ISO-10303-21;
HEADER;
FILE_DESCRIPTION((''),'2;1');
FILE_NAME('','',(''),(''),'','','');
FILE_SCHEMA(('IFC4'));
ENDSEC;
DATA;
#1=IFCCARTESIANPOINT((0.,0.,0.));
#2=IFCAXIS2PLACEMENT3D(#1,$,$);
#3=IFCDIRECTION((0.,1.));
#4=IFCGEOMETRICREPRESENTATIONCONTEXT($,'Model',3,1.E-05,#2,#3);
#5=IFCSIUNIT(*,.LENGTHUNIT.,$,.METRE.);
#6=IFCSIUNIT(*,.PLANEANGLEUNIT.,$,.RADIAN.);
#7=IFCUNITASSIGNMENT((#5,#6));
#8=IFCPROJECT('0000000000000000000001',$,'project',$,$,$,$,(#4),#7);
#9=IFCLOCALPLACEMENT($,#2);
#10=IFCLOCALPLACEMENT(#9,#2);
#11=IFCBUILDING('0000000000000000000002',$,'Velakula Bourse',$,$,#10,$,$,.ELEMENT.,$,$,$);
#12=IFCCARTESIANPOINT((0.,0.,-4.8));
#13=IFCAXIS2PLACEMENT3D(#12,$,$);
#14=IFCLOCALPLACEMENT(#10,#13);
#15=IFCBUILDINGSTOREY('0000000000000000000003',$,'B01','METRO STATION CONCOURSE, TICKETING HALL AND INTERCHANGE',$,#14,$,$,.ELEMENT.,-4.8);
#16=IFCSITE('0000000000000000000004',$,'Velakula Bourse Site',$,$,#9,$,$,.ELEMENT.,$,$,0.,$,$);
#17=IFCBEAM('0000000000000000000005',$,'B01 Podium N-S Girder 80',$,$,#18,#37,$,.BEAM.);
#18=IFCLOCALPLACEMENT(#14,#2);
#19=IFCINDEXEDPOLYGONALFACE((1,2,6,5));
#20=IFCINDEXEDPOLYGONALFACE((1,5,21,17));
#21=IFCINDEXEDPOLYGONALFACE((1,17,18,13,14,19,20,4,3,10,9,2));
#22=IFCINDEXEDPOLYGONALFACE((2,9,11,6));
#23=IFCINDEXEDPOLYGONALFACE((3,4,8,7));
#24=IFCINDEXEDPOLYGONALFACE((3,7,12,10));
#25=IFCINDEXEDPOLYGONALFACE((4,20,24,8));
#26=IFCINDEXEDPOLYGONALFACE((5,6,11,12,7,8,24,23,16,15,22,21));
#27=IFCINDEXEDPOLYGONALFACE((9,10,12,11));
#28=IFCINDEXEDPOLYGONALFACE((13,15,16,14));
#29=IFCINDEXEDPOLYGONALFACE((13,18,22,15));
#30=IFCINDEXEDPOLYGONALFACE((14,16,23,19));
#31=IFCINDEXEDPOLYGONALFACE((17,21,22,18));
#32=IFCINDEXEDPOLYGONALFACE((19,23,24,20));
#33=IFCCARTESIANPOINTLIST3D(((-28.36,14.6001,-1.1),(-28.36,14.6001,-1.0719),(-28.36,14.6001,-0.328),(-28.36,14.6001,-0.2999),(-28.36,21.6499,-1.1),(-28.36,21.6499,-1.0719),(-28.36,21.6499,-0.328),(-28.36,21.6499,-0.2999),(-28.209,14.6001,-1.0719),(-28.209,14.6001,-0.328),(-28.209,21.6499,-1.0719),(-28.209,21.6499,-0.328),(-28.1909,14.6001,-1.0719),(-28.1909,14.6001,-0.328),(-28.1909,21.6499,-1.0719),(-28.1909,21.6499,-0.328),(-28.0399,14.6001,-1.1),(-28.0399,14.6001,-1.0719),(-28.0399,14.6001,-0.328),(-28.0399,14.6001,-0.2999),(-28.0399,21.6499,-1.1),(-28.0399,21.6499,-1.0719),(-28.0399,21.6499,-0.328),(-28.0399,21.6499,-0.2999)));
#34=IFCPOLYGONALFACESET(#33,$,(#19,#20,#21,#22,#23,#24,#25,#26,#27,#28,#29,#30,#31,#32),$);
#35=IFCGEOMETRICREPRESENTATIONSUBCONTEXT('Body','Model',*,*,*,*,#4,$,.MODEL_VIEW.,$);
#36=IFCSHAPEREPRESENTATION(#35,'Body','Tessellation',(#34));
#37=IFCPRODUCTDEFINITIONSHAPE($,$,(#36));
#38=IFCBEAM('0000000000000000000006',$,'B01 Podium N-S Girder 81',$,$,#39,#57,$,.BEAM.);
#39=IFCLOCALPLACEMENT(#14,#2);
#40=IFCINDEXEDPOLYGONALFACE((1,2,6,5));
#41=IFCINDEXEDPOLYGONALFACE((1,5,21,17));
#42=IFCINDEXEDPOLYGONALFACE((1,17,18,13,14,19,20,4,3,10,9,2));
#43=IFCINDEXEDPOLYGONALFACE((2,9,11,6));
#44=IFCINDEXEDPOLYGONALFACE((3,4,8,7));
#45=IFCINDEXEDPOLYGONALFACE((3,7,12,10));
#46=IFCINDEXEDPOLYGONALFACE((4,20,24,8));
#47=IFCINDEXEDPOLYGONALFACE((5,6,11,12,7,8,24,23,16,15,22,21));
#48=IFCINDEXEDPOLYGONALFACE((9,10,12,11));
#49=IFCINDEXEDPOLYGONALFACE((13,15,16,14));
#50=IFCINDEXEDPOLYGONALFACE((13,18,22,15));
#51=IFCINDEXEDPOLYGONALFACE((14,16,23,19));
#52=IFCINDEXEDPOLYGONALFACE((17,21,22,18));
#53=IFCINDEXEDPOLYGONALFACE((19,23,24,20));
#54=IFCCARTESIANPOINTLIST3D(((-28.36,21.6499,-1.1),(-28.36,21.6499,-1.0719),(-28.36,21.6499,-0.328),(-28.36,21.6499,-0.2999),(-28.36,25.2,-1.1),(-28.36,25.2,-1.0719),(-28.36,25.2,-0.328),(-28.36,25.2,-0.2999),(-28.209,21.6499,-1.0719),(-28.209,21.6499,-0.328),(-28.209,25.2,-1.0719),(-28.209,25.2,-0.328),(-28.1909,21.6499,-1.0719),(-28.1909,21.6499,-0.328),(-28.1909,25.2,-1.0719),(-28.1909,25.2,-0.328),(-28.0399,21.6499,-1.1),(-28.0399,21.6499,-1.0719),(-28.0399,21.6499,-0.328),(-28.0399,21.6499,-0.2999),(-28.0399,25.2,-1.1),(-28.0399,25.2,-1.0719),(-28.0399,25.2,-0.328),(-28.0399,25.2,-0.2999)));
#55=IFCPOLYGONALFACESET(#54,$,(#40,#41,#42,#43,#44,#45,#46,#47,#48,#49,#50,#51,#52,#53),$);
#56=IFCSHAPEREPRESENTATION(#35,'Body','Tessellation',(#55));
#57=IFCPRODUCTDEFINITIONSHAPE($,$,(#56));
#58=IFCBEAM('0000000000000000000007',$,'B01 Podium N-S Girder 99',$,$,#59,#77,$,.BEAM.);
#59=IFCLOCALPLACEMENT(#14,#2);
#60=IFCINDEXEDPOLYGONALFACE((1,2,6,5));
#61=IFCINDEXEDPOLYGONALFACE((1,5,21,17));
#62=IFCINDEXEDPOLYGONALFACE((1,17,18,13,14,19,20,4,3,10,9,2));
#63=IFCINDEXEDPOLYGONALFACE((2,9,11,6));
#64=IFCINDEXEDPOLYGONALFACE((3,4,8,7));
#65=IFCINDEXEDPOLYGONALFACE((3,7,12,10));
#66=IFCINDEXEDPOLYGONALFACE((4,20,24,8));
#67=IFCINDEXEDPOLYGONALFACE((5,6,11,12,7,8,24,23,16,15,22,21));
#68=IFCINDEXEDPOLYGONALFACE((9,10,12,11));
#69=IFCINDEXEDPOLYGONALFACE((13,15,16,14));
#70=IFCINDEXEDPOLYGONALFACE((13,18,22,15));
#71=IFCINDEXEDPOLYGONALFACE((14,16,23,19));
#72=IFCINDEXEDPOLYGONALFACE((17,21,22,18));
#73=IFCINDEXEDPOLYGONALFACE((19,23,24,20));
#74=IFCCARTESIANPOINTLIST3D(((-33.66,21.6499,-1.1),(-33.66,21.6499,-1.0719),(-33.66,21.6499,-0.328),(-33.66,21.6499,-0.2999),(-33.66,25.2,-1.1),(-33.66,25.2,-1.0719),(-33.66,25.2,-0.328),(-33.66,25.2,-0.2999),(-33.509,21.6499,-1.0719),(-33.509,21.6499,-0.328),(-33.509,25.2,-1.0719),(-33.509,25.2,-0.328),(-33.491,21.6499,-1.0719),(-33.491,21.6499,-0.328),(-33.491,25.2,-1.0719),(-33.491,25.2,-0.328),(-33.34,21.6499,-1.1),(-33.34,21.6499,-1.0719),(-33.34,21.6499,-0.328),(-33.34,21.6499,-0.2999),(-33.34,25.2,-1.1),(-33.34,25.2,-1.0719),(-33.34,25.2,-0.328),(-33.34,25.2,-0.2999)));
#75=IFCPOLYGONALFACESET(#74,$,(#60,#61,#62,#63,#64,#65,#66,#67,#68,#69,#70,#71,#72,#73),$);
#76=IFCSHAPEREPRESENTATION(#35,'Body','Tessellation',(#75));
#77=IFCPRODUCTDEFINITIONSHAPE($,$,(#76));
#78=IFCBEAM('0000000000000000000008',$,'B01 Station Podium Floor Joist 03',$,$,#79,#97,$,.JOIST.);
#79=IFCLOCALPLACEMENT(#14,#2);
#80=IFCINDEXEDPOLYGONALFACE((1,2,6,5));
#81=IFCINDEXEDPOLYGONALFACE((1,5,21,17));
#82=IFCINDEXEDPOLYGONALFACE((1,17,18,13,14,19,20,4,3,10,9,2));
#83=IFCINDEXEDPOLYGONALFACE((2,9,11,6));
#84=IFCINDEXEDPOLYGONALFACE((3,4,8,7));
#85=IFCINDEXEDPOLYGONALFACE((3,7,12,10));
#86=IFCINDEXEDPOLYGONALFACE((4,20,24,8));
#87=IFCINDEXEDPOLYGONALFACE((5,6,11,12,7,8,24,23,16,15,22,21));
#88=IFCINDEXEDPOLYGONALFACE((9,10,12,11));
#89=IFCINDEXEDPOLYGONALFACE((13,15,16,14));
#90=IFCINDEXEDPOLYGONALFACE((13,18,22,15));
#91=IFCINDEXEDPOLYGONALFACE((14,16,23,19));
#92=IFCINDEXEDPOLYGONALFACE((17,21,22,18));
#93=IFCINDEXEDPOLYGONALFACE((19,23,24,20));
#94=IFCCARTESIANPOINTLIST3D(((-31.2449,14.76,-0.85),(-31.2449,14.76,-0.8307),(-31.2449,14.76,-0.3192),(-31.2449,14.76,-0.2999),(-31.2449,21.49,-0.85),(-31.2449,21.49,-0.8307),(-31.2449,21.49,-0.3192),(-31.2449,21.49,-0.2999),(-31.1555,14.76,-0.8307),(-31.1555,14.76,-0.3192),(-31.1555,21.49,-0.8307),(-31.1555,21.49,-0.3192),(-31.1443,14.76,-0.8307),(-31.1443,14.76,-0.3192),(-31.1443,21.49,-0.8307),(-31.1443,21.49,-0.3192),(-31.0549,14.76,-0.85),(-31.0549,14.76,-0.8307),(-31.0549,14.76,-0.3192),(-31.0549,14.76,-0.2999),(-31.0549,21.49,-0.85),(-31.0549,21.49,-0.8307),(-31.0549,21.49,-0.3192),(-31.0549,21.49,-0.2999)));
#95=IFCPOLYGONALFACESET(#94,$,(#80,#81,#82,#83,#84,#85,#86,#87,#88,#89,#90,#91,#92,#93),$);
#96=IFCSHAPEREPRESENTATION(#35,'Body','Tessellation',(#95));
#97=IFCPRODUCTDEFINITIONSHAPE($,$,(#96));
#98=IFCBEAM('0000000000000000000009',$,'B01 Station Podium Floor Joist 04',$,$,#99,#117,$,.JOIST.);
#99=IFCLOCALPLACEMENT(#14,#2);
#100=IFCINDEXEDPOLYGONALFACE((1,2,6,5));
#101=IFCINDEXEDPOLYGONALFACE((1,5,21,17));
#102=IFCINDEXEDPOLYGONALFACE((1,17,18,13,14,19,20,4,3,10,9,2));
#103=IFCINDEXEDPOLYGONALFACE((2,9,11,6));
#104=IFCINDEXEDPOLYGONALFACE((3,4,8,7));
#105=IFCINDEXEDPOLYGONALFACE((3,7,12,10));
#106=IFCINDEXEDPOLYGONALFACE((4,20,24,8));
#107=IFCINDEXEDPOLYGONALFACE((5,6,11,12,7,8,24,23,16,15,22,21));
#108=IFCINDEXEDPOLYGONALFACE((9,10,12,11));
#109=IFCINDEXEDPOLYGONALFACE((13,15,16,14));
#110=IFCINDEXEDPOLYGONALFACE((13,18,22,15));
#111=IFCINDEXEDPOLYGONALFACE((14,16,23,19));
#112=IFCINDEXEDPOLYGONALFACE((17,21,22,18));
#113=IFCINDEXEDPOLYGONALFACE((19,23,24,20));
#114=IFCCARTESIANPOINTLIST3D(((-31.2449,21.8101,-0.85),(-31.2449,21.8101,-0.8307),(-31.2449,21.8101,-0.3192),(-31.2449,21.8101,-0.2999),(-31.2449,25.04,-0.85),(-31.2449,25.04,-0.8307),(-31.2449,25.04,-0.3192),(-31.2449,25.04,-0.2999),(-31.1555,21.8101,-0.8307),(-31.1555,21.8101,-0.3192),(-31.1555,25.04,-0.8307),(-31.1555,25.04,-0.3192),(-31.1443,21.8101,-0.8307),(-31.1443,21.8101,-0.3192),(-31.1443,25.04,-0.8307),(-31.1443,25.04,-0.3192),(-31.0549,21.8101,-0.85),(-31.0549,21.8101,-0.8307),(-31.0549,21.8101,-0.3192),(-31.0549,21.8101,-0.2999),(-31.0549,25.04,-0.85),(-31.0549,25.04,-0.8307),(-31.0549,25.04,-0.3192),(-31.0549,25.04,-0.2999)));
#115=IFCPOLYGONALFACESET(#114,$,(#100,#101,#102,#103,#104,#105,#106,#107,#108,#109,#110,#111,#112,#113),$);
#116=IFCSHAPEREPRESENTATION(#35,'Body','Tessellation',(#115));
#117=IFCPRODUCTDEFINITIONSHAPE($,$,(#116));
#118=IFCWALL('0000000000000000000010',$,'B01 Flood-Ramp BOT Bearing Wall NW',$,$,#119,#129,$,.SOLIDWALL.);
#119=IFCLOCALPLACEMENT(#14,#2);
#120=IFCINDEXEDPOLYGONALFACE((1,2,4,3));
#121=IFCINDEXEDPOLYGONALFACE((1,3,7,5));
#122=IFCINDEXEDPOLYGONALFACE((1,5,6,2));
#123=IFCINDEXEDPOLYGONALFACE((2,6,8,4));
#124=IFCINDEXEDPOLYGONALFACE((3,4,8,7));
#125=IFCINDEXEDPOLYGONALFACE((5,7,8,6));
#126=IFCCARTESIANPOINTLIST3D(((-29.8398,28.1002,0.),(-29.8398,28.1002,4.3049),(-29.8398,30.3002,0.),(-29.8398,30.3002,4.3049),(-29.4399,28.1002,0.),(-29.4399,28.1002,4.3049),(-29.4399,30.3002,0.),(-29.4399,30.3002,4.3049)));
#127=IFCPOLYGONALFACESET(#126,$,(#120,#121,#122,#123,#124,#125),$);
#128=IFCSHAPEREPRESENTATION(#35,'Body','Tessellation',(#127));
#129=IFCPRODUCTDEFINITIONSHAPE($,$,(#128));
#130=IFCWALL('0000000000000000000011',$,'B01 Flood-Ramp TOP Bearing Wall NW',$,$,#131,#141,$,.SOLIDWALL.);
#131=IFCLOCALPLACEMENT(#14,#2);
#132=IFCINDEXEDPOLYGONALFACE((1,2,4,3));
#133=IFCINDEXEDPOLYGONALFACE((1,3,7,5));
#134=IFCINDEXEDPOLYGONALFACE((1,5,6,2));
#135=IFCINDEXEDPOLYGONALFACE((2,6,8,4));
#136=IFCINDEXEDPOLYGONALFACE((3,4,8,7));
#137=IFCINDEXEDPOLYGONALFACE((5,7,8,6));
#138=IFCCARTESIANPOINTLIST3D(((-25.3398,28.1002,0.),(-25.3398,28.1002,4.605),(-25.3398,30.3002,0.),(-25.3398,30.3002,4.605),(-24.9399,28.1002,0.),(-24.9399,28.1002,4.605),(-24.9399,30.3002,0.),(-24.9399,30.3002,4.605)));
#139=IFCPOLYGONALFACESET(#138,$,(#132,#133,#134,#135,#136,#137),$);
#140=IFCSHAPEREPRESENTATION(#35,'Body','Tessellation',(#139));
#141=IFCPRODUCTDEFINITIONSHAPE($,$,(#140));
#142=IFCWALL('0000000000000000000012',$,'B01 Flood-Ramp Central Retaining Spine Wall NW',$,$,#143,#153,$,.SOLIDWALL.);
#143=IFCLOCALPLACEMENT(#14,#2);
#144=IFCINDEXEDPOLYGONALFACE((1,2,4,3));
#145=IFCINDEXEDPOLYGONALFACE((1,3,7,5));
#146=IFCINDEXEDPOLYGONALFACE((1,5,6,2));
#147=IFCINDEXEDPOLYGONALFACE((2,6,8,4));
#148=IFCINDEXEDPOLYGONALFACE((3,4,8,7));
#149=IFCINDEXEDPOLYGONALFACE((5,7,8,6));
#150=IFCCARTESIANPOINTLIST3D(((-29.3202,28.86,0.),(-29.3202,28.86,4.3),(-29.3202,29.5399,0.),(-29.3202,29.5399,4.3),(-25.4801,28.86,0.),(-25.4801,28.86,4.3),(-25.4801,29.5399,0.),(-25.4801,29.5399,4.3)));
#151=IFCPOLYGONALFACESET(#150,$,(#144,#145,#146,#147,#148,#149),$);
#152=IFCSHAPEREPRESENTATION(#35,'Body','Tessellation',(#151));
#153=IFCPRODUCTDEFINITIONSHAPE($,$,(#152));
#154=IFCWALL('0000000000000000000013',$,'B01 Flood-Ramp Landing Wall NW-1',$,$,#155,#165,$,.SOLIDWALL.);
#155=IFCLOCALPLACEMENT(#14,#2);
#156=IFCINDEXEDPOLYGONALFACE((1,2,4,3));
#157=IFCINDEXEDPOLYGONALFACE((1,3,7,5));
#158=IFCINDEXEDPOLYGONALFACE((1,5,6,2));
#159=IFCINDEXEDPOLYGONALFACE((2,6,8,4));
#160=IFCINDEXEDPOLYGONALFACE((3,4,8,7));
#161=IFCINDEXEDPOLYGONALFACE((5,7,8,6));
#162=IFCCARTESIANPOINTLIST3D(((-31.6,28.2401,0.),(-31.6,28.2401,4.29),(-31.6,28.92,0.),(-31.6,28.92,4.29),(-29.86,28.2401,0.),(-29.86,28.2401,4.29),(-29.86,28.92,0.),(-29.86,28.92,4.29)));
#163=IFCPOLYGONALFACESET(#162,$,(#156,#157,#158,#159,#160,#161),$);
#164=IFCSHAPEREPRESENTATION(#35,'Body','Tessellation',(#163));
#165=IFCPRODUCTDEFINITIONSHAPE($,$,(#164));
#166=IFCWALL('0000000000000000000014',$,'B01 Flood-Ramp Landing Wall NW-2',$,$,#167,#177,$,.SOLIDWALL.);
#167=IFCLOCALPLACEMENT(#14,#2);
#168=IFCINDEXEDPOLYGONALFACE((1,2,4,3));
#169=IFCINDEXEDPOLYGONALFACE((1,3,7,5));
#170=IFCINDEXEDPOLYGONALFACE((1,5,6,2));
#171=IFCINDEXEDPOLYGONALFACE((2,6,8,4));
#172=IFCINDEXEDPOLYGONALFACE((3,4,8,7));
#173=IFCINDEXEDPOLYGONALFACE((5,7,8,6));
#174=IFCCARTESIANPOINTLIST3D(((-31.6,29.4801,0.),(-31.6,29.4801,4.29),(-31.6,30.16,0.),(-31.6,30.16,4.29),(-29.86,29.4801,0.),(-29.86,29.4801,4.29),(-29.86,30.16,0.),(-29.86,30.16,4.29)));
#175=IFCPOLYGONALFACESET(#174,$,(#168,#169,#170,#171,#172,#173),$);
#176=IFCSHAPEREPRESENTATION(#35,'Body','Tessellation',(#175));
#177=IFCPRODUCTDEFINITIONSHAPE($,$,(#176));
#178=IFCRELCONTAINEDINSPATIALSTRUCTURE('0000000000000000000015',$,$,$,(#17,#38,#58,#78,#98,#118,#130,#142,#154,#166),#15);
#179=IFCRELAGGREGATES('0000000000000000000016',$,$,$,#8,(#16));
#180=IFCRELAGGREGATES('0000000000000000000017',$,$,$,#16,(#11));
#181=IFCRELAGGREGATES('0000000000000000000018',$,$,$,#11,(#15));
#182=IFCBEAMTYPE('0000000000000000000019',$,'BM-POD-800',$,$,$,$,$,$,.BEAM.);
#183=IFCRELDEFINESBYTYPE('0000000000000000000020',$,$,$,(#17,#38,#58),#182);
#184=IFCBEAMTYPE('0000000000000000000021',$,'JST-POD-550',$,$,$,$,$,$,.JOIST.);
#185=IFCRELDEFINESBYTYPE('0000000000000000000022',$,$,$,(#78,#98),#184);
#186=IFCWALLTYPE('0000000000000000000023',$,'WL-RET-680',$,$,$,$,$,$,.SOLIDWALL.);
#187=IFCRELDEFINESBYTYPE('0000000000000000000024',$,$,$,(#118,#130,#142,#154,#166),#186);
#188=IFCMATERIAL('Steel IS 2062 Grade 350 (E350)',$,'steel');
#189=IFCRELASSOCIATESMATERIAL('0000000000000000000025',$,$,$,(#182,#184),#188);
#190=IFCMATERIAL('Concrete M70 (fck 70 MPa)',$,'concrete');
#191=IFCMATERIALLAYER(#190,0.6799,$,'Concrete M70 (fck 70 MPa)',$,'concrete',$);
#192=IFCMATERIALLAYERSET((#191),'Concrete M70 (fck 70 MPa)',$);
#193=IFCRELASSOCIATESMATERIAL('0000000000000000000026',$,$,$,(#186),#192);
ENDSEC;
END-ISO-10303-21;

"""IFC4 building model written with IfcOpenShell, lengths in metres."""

from ifc_helpers import new_model, si_unit, direction, frame, frame_2d, origin, origin_2d, place, context, subcontext, project, spatial, rectangle, i_section, extrude, material, layer, layer_set, material_profile, profile_set, type_object, element, save


model = new_model("IFC4")

# Units and contexts
model_context = context("Model", 3, precision=1e-05, world=origin(), true_north=direction((0.0, 1.0)))
body_context = subcontext(model_context, "Body", "Model", "MODEL_VIEW")
ifc_project = project(units=[si_unit("LENGTHUNIT", "METRE"), si_unit("PLANEANGLEUNIT", "RADIAN")], contexts=[model_context])

# Site, building, storey
site_placement = place(None, origin())
site = spatial("IfcSite", under=ifc_project, at=site_placement, Name="Velakula Bourse Site", CompositionType="ELEMENT", RefElevation=0.0)
building_placement = place(site_placement, origin())
building = spatial("IfcBuilding", under=site, at=building_placement, Name="Velakula Bourse", CompositionType="ELEMENT")
storey_placement = place(building_placement, frame((0.0, 0.0, -4.8)))
storey = spatial("IfcBuildingStorey", under=building, at=storey_placement, Name="B01", Description="METRO STATION CONCOURSE, TICKETING HALL AND INTERCHANGE", CompositionType="ELEMENT", Elevation=-4.8)

# Shared definitions
ifc_material_1 = material(Name="Concrete M70 (fck 70 MPa)", Category="concrete")

# Beams
ifc_material_2 = material(Name="Steel IS 2062 Grade 350 (E350)", Category="steel")
ifc_material_profile_1 = material_profile(ifc_material_2, i_section(OverallWidth=0.3201, OverallDepth=0.8, WebThickness=0.0181, FlangeThickness=0.0281, at=origin_2d()), Name="Steel IS 2062 Grade 350 (E350)")
ifc_profile_set_1 = profile_set([ifc_material_profile_1], Name="Steel IS 2062 Grade 350 (E350)")
beam_type_1 = type_object("IfcBeamType", Name="BM-POD-800", PredefinedType="BEAM", material=ifc_profile_set_1)
beam_1_placement = place(storey_placement, frame((-28.2, 14.6001, -0.7), z_axis=(0.0, 1.0, 0.0), x_axis=(-1.0, 0.0, 0.0)))
element("IfcBeam", 1, at=beam_1_placement, inside=storey, type_object=beam_type_1, Name="B01 Podium N-S Girder 80", PredefinedType="BEAM", context=body_context, shape_type="SweptSolid", body=[
    extrude(i_section(OverallWidth=0.3201, OverallDepth=0.8, WebThickness=0.0181, FlangeThickness=0.0281, at=origin_2d()), origin(), (0.0, 0.0, 1.0), 7.0498),
])
for number, where, z_axis, x_axis, name in (
    (2, (-28.2, 21.6499, -0.7), (0.0, 1.0, 0.0), (-1.0, 0.0, 0.0), "B01 Podium N-S Girder 81"),
    (3, (-33.5, 21.6499, -0.7), (0.0, 1.0, 0.0), (-1.0, 0.0, 0.0), "B01 Podium N-S Girder 99"),
):
    element("IfcBeam", number, at=place(storey_placement, frame(where, z_axis=z_axis, x_axis=x_axis)), inside=storey, type_object=beam_type_1, Name=name, PredefinedType="BEAM", context=body_context, shape_type="SweptSolid", body=[
        extrude(i_section(OverallWidth=0.3201, OverallDepth=0.8, WebThickness=0.0181, FlangeThickness=0.0281, at=origin_2d()), origin(), (0.0, 0.0, 1.0), 3.55),
    ])
ifc_material_profile_2 = material_profile(ifc_material_2, i_section(OverallWidth=0.1899, OverallDepth=0.55, WebThickness=0.0112, FlangeThickness=0.0193, at=origin_2d()), Name="Steel IS 2062 Grade 350 (E350)")
ifc_profile_set_2 = profile_set([ifc_material_profile_2], Name="Steel IS 2062 Grade 350 (E350)")
beam_type_2 = type_object("IfcBeamType", Name="JST-POD-550", PredefinedType="JOIST", material=ifc_profile_set_2)
beam_2_placement = place(storey_placement, frame((-31.1499, 14.76, -0.575), z_axis=(0.0, 1.0, 0.0), x_axis=(-1.0, 0.0, 0.0)))
element("IfcBeam", 4, at=beam_2_placement, inside=storey, type_object=beam_type_2, Name="B01 Station Podium Floor Joist 03", PredefinedType="JOIST", context=body_context, shape_type="SweptSolid", body=[
    extrude(i_section(OverallWidth=0.1899, OverallDepth=0.55, WebThickness=0.0112, FlangeThickness=0.0193, at=origin_2d()), origin(), (0.0, 0.0, 1.0), 6.73),
])
beam_3_placement = place(storey_placement, frame((-31.1499, 21.8101, -0.575), z_axis=(0.0, 1.0, 0.0), x_axis=(-1.0, 0.0, 0.0)))
element("IfcBeam", 5, at=beam_3_placement, inside=storey, type_object=beam_type_2, Name="B01 Station Podium Floor Joist 04", PredefinedType="JOIST", context=body_context, shape_type="SweptSolid", body=[
    extrude(i_section(OverallWidth=0.1899, OverallDepth=0.55, WebThickness=0.0112, FlangeThickness=0.0193, at=origin_2d()), origin(), (0.0, 0.0, 1.0), 3.23),
])

# Walls
ifc_layer = layer(ifc_material_1, 0.6799, Name="Concrete M70 (fck 70 MPa)", Category="concrete")
ifc_layer_set = layer_set([ifc_layer], Name="Concrete M70 (fck 70 MPa)")
wall_type = type_object("IfcWallType", Name="WL-RET-680", PredefinedType="SOLIDWALL", material=ifc_layer_set)
wall_1_placement = place(storey_placement, frame((-29.6399, 28.1001, 0.0), z_axis=(0.0, 0.0, 1.0), x_axis=(0.0, 1.0, 0.0)))
element("IfcWall", 6, at=wall_1_placement, inside=storey, type_object=wall_type, Name="B01 Flood-Ramp BOT Bearing Wall NW", PredefinedType="SOLIDWALL", context=body_context, shape_type="SweptSolid", body=[
    extrude(rectangle(XDim=2.2, YDim=0.3999, at=frame_2d((1.1001, 0.0))), origin(), (0.0, 0.0, 1.0), 4.3049),
])
wall_2_placement = place(storey_placement, frame((-25.1399, 28.1001, 0.0), z_axis=(0.0, 0.0, 1.0), x_axis=(0.0, 1.0, 0.0)))
element("IfcWall", 7, at=wall_2_placement, inside=storey, type_object=wall_type, Name="B01 Flood-Ramp TOP Bearing Wall NW", PredefinedType="SOLIDWALL", context=body_context, shape_type="SweptSolid", body=[
    extrude(rectangle(XDim=2.2, YDim=0.3999, at=frame_2d((1.1001, 0.0))), origin(), (0.0, 0.0, 1.0), 4.605),
])
wall_3_placement = place(storey_placement, frame((-29.3201, 29.2, 0.0), z_axis=(0.0, 0.0, 1.0), x_axis=(1.0, 0.0, 0.0)))
element("IfcWall", 8, at=wall_3_placement, inside=storey, type_object=wall_type, Name="B01 Flood-Ramp Central Retaining Spine Wall NW", PredefinedType="SOLIDWALL", context=body_context, shape_type="SweptSolid", body=[
    extrude(rectangle(XDim=3.8401, YDim=0.6799, at=frame_2d((1.9199, 0.0))), origin(), (0.0, 0.0, 1.0), 4.3),
])
for number, where, z_axis, x_axis, name in (
    (9, (-31.6001, 28.5801, 0.0), (0.0, 0.0, 1.0), (1.0, 0.0, 0.0), "B01 Flood-Ramp Landing Wall NW-1"),
    (10, (-31.6001, 29.8201, 0.0), (0.0, 0.0, 1.0), (1.0, 0.0, 0.0), "B01 Flood-Ramp Landing Wall NW-2"),
):
    element("IfcWall", number, at=place(storey_placement, frame(where, z_axis=z_axis, x_axis=x_axis)), inside=storey, type_object=wall_type, Name=name, PredefinedType="SOLIDWALL", context=body_context, shape_type="SweptSolid", body=[
        extrude(rectangle(XDim=1.74, YDim=0.6799, at=frame_2d((0.8701, 0.0))), origin(), (0.0, 0.0, 1.0), 4.29),
    ])

save(model, "model.ifc")
